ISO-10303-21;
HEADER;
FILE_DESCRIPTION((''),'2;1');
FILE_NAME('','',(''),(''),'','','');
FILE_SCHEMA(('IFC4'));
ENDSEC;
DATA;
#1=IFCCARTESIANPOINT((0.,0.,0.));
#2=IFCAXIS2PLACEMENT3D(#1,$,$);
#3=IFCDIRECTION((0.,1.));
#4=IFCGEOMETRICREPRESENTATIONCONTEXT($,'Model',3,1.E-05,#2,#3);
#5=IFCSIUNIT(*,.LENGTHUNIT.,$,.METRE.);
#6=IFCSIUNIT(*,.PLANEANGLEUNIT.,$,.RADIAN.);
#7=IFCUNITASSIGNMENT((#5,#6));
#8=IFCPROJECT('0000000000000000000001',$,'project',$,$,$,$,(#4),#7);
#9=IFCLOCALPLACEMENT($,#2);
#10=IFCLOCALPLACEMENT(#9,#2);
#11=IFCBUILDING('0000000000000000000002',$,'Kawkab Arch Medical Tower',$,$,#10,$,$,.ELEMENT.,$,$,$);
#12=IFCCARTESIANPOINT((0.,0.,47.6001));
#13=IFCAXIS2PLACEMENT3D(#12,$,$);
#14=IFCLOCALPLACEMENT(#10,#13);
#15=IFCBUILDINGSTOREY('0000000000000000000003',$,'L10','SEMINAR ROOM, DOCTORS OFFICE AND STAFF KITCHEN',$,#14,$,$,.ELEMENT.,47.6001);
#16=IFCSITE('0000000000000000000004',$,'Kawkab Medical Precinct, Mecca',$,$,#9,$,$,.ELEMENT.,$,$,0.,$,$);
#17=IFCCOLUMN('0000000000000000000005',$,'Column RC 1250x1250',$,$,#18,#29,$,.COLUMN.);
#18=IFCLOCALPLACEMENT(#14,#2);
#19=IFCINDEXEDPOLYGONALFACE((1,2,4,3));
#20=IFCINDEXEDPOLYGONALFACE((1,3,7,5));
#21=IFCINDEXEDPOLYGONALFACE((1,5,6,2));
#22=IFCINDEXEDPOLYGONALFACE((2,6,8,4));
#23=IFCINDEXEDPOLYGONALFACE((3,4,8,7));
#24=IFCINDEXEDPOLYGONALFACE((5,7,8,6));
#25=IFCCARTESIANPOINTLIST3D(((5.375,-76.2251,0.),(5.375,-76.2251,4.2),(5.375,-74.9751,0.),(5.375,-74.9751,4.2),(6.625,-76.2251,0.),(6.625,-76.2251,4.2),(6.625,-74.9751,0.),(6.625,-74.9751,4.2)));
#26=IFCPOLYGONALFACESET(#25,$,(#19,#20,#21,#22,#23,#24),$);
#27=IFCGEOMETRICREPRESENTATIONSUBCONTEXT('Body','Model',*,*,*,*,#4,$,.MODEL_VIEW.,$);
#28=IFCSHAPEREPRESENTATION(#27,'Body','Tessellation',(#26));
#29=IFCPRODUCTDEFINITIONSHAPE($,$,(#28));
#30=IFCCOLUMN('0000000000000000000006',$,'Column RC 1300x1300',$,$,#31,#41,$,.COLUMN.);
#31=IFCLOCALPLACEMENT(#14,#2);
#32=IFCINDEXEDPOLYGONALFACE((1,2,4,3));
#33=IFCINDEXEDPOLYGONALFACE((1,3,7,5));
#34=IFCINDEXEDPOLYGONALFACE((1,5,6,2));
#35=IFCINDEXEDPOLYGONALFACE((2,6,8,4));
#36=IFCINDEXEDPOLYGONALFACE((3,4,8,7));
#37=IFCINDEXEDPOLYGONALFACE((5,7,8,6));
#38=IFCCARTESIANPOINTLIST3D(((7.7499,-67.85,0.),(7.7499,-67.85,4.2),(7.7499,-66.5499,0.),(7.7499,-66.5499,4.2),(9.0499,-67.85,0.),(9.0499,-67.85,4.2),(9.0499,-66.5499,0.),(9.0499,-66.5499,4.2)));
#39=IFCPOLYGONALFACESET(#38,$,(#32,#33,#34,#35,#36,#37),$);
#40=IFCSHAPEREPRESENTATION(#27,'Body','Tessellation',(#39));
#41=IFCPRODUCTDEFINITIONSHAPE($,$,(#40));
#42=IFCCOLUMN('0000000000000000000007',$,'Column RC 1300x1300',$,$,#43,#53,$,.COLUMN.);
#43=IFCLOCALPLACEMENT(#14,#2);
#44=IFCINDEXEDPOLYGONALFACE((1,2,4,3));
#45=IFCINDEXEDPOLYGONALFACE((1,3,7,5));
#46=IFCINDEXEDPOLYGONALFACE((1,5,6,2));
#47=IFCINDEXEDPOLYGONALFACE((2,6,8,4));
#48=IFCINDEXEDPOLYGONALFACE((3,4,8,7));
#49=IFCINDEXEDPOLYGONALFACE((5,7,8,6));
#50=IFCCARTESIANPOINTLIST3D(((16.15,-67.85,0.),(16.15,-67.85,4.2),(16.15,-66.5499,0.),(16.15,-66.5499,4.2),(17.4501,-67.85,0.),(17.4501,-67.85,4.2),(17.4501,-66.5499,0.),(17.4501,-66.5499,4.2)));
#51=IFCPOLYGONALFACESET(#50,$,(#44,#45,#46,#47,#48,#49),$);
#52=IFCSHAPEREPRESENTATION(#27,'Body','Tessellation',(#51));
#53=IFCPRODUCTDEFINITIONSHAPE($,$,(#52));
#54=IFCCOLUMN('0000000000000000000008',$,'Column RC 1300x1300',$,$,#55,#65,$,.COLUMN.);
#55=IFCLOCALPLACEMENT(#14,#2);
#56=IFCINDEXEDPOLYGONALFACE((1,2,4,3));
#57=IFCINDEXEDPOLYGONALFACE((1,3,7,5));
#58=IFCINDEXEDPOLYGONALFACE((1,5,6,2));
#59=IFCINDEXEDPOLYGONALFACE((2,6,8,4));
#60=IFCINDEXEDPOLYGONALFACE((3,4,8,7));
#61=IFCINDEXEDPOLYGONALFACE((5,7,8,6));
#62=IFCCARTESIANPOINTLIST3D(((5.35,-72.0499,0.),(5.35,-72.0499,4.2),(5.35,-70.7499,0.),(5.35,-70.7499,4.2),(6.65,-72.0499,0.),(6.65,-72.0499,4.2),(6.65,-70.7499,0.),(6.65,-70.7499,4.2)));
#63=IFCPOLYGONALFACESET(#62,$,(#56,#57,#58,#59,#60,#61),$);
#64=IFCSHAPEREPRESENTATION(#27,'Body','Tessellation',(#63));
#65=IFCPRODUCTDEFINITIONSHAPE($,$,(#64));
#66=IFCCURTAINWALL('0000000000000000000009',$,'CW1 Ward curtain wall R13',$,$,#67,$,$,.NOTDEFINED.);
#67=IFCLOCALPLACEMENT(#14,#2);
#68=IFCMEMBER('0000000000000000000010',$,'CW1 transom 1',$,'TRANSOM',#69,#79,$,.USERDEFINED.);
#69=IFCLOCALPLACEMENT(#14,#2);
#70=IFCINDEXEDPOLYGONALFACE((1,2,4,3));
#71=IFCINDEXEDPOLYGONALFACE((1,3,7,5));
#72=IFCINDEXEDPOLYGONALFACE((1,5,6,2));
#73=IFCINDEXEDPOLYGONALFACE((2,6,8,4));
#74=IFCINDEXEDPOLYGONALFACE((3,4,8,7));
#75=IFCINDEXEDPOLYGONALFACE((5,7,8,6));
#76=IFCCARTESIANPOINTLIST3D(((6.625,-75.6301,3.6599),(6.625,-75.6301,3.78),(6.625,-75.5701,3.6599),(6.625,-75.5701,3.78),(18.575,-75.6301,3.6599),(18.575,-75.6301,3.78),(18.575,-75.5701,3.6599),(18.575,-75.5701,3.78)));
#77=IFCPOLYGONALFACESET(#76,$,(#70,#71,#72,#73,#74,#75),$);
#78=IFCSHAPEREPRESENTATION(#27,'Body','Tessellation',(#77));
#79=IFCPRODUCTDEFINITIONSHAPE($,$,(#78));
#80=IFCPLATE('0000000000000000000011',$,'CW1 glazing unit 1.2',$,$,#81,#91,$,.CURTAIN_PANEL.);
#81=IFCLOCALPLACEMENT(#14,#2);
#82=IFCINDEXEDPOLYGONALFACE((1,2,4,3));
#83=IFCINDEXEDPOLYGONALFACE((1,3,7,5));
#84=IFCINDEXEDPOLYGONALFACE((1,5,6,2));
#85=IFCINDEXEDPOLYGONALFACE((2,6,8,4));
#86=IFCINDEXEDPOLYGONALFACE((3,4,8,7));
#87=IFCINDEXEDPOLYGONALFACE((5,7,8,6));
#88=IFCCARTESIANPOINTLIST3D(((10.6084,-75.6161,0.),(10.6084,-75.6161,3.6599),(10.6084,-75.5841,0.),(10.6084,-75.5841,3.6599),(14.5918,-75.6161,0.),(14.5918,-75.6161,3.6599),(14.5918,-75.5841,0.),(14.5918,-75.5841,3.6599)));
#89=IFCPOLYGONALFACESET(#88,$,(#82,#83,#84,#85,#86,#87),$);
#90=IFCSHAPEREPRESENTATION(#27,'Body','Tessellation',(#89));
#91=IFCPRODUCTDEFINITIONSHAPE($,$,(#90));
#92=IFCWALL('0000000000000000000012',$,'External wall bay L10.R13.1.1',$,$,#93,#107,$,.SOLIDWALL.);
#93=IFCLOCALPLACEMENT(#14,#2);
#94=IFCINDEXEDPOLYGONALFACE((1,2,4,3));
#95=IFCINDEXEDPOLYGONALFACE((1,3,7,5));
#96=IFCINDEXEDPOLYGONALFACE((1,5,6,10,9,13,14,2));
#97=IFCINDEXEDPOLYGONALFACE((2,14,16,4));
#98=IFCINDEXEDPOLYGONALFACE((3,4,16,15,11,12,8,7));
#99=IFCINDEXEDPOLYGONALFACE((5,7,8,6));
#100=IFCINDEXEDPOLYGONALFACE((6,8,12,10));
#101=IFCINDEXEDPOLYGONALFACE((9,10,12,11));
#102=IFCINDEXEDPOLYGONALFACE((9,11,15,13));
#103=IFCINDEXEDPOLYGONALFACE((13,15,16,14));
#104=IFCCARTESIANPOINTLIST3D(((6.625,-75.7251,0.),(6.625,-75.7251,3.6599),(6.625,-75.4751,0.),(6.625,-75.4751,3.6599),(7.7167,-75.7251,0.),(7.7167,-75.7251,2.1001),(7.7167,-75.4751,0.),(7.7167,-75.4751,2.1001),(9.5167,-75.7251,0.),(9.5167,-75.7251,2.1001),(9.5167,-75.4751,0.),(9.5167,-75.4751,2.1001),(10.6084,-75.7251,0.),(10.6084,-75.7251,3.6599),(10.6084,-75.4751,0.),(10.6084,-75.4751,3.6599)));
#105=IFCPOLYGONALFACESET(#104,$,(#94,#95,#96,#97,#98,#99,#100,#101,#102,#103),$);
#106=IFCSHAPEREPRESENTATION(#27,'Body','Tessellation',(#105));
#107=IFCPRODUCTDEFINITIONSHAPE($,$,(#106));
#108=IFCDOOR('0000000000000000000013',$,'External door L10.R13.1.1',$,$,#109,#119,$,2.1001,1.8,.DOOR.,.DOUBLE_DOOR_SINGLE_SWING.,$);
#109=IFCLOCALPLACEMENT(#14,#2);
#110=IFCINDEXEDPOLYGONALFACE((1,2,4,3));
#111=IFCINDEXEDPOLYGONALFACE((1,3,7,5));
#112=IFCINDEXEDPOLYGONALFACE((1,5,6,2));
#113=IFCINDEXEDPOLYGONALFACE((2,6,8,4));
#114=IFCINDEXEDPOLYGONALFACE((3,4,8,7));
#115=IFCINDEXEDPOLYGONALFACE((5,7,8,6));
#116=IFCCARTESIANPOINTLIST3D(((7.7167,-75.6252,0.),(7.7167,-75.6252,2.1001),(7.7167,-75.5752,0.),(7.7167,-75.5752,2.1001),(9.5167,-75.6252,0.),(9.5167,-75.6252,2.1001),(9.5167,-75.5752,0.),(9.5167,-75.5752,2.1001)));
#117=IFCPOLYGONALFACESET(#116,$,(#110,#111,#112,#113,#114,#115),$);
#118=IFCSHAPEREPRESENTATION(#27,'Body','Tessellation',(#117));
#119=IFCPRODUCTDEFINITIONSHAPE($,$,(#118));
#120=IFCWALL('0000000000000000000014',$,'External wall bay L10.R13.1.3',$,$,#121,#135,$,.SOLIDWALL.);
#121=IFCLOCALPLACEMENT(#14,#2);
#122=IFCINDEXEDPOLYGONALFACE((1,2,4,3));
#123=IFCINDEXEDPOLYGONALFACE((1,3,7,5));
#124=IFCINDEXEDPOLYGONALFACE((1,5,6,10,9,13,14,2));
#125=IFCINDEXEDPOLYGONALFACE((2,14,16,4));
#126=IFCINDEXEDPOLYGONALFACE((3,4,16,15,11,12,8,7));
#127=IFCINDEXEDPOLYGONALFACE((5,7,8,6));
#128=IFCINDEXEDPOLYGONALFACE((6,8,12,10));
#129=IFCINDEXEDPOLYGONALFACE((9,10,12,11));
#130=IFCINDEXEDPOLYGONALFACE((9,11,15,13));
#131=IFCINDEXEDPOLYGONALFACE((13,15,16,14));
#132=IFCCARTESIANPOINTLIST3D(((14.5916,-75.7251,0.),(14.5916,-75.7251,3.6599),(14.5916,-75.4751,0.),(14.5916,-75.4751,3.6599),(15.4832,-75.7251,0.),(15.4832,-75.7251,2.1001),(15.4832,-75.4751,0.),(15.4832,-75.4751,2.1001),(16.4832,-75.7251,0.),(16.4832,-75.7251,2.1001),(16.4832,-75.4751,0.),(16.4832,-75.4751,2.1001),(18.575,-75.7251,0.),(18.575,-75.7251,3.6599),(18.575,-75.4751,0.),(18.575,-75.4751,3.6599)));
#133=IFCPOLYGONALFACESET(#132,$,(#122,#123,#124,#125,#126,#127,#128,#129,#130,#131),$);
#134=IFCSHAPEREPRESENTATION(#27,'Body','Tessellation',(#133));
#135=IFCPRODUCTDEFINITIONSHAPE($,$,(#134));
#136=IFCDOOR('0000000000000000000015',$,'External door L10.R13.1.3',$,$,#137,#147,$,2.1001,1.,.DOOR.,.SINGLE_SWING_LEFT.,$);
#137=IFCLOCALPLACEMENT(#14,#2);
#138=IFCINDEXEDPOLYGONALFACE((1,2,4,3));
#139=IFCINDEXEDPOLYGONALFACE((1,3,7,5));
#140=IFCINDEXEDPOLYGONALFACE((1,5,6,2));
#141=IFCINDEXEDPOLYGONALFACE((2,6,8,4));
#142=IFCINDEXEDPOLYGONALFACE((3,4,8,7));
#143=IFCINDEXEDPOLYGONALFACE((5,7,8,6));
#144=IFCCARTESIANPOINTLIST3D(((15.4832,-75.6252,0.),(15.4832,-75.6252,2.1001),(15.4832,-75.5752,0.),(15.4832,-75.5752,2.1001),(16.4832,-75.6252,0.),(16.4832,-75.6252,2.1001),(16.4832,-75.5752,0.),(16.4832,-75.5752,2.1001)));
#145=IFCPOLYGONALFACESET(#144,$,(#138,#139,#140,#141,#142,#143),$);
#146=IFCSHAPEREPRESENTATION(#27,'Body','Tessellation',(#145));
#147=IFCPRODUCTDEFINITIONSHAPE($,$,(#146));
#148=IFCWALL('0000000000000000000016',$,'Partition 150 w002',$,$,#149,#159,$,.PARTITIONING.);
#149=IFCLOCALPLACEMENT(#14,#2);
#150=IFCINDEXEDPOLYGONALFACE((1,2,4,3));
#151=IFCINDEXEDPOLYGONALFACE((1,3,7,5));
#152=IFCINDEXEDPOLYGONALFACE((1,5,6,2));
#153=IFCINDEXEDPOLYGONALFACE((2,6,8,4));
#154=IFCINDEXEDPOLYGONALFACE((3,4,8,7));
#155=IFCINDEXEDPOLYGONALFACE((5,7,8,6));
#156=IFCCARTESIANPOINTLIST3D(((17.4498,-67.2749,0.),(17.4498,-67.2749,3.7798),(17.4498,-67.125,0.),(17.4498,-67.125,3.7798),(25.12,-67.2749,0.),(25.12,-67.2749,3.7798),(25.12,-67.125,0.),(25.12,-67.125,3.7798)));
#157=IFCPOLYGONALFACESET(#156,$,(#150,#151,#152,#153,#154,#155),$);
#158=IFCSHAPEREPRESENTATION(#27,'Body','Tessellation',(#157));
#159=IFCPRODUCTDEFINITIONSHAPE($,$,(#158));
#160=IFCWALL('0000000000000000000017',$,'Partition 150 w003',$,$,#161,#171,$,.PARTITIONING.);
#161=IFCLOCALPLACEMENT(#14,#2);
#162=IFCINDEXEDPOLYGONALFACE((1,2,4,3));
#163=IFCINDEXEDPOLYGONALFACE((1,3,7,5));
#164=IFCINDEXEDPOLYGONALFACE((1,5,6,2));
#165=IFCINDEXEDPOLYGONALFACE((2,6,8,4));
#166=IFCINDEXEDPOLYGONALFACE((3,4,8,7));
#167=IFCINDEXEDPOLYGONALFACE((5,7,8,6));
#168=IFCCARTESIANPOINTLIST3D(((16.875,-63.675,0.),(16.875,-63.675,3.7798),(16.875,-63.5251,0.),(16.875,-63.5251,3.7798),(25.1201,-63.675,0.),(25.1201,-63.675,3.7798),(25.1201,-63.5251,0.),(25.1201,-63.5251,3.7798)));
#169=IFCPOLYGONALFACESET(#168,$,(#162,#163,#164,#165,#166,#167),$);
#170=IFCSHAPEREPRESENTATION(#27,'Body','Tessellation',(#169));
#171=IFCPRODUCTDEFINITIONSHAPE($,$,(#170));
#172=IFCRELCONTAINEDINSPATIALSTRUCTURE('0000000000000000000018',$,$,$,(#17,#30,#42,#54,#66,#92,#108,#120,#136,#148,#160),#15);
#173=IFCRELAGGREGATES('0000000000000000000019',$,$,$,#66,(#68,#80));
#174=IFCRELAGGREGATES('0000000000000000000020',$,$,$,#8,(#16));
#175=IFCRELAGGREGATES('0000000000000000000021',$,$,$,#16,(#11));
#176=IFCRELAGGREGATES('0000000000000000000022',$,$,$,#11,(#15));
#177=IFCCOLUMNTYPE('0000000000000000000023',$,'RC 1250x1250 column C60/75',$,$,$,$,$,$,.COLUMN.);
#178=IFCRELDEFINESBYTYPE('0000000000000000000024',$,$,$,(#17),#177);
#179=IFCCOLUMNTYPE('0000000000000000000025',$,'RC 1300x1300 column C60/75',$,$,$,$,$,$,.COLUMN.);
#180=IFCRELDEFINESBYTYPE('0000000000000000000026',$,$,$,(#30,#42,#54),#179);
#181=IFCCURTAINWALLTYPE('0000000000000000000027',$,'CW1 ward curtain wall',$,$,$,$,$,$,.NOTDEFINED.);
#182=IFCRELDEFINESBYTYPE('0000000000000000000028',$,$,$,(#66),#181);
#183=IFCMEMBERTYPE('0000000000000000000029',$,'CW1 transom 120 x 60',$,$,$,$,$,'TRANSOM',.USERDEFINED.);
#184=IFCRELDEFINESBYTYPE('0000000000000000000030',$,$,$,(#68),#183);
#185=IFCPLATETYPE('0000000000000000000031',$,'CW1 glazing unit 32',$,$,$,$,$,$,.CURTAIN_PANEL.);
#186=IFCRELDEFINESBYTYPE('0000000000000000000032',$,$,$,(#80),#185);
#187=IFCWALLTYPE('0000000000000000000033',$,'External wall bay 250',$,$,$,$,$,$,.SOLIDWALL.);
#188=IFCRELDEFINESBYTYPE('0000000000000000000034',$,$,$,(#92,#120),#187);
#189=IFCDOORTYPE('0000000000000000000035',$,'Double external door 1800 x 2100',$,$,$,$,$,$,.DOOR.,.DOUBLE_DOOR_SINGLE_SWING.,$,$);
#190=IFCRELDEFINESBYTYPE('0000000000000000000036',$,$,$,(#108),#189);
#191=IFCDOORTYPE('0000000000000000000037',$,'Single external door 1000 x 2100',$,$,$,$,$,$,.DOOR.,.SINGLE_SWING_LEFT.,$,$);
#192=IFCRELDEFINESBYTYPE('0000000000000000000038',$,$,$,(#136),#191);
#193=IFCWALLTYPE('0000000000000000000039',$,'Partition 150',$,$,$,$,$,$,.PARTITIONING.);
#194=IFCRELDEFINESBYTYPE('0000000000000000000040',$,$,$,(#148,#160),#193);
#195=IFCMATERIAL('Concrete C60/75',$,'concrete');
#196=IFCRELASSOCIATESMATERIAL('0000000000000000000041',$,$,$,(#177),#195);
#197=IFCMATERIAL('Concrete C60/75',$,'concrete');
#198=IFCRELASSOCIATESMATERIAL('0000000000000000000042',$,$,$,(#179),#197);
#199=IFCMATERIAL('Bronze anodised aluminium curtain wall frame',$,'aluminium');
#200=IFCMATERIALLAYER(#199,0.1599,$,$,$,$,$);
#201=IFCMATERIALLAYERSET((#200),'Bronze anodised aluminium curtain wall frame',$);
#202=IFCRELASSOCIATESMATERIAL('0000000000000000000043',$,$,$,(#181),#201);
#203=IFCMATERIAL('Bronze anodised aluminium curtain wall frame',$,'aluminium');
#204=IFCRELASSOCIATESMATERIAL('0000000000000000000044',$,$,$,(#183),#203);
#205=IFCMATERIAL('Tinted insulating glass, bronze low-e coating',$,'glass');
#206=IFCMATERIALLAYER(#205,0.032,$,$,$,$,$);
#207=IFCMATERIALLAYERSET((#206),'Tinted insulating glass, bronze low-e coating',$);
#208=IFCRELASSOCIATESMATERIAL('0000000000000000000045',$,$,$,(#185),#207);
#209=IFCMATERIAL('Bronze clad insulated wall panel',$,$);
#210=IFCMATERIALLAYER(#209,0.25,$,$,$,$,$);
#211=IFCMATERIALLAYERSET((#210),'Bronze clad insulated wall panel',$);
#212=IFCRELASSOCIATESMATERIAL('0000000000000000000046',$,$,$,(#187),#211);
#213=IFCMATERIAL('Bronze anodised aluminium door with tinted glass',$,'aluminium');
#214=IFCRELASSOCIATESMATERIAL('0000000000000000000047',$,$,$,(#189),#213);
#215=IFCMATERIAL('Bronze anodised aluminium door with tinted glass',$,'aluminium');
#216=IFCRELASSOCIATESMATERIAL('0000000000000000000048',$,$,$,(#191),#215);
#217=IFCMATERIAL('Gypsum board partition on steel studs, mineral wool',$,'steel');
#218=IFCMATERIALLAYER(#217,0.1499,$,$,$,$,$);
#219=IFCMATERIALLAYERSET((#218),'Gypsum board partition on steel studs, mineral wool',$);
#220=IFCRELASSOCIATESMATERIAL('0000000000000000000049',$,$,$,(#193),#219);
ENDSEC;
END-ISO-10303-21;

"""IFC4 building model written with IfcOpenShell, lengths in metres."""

from ifc_helpers import new_model, si_unit, direction, frame, frame_2d, origin, origin_2d, place, context, subcontext, project, spatial, rectangle, extrude, material, layer, layer_set, material_profile, profile_set, type_object, element, fill, aggregate, save


model = new_model("IFC4")

# Units and contexts
model_context = context("Model", 3, precision=1e-05, world=origin(), true_north=direction((0.0, 1.0)))
body_context = subcontext(model_context, "Body", "Model", "MODEL_VIEW")
ifc_project = project(units=[si_unit("LENGTHUNIT", "METRE"), si_unit("PLANEANGLEUNIT", "RADIAN")], contexts=[model_context])

# Site, building, storey
site_placement = place(None, origin())
site = spatial("IfcSite", under=ifc_project, at=site_placement, Name="Kawkab Medical Precinct, Mecca", CompositionType="ELEMENT", RefElevation=0.0)
building_placement = place(site_placement, origin())
building = spatial("IfcBuilding", under=site, at=building_placement, Name="Kawkab Arch Medical Tower", CompositionType="ELEMENT")
storey_placement = place(building_placement, frame((0.0, 0.0, 47.6001)))
storey = spatial("IfcBuildingStorey", under=building, at=storey_placement, Name="L10", Description="SEMINAR ROOM, DOCTORS OFFICE AND STAFF KITCHEN", CompositionType="ELEMENT", Elevation=47.6001)

# Columns
ifc_material_1 = material(Name="Concrete C60/75", Category="concrete")
ifc_material_profile_1 = material_profile(ifc_material_1, rectangle(XDim=1.25, YDim=1.25, at=origin_2d()), Name="RC 1250x1250")
ifc_profile_set_1 = profile_set([ifc_material_profile_1], Name="Concrete C60/75")
column_type_1 = type_object("IfcColumnType", Name="RC 1250x1250 column C60/75", PredefinedType="COLUMN", material=ifc_profile_set_1)
column_placement = place(storey_placement, frame((6.0, -75.6001, 0.0), z_axis=(0.0, 0.0, 1.0), x_axis=(1.0, 0.0, 0.0)))
element("IfcColumn", 1, at=column_placement, inside=storey, type_object=column_type_1, Name="Column RC 1250x1250", PredefinedType="COLUMN", context=body_context, shape_type="SweptSolid", body=[
    extrude(rectangle(XDim=1.25, YDim=1.25, at=origin_2d()), origin(), (0.0, 0.0, 1.0), 4.2),
])
ifc_material_2 = material(Name="Concrete C60/75", Category="concrete")
ifc_material_profile_2 = material_profile(ifc_material_2, rectangle(XDim=1.3, YDim=1.3, at=origin_2d()), Name="RC 1300x1300")
ifc_profile_set_2 = profile_set([ifc_material_profile_2], Name="Concrete C60/75")
column_type_2 = type_object("IfcColumnType", Name="RC 1300x1300 column C60/75", PredefinedType="COLUMN", material=ifc_profile_set_2)
for number, where, z_axis, x_axis, name in (
    (2, (8.3999, -67.2, 0.0), (0.0, 0.0, 1.0), (1.0, 0.0, 0.0), "Column RC 1300x1300"),
    (3, (16.8, -67.2, 0.0), (0.0, 0.0, 1.0), (1.0, 0.0, 0.0), "Column RC 1300x1300"),
    (4, (6.0, -71.3999, 0.0), (0.0, 0.0, 1.0), (1.0, 0.0, 0.0), "Column RC 1300x1300"),
):
    element("IfcColumn", number, at=place(storey_placement, frame(where, z_axis=z_axis, x_axis=x_axis)), inside=storey, type_object=column_type_2, Name=name, PredefinedType="COLUMN", context=body_context, shape_type="SweptSolid", body=[
        extrude(rectangle(XDim=1.3, YDim=1.3, at=origin_2d()), origin(), (0.0, 0.0, 1.0), 4.2),
    ])

# Curtain wall, member, plate
ifc_material_3 = material(Name="Bronze anodised aluminium curtain wall frame", Category="aluminium")
ifc_layer_1 = layer(ifc_material_3, 0.1599)
ifc_layer_set_1 = layer_set([ifc_layer_1], Name="Bronze anodised aluminium curtain wall frame")
curtain_wall_type = type_object("IfcCurtainWallType", Name="CW1 ward curtain wall", PredefinedType="NOTDEFINED", material=ifc_layer_set_1)
curtain_wall_placement = place(storey_placement, origin())
curtain_wall = element("IfcCurtainWall", 5, at=curtain_wall_placement, inside=storey, type_object=curtain_wall_type, Name="CW1 Ward curtain wall R13", PredefinedType="NOTDEFINED")
ifc_material_4 = material(Name="Bronze anodised aluminium curtain wall frame", Category="aluminium")
ifc_material_profile_3 = material_profile(ifc_material_4, rectangle(XDim=0.0601, YDim=0.1201, at=origin_2d()), Name="AL 60x120")
ifc_profile_set_3 = profile_set([ifc_material_profile_3], Name="Bronze anodised aluminium curtain wall frame")
member_type = type_object("IfcMemberType", Name="CW1 transom 120 x 60", ElementType="TRANSOM", PredefinedType="USERDEFINED", material=ifc_profile_set_3)
member_placement = place(storey_placement, frame((6.625, -75.6001, 3.72), z_axis=(1.0, 0.0, 0.0), x_axis=(0.0, 1.0, 0.0)))
member = element("IfcMember", 6, at=member_placement, type_object=member_type, Name="CW1 transom 1", ObjectType="TRANSOM", PredefinedType="USERDEFINED", context=body_context, shape_type="SweptSolid", body=[
    extrude(rectangle(XDim=0.0601, YDim=0.1201, at=origin_2d()), origin(), (0.0, 0.0, 1.0), 11.95),
])
ifc_material_5 = material(Name="Tinted insulating glass, bronze low-e coating", Category="glass")
ifc_layer_2 = layer(ifc_material_5, 0.032)
ifc_layer_set_2 = layer_set([ifc_layer_2], Name="Tinted insulating glass, bronze low-e coating")
plate_type = type_object("IfcPlateType", Name="CW1 glazing unit 32", PredefinedType="CURTAIN_PANEL", material=ifc_layer_set_2)
plate_placement = place(storey_placement, frame((12.6001, -75.6001, 0.0), z_axis=(0.0, 0.0, 1.0), x_axis=(1.0, 0.0, 0.0)))
plate = element("IfcPlate", 7, at=plate_placement, type_object=plate_type, Name="CW1 glazing unit 1.2", PredefinedType="CURTAIN_PANEL", context=body_context, shape_type="SweptSolid", body=[
    extrude(rectangle(XDim=3.9834, YDim=0.032, at=origin_2d()), origin(), (0.0, 0.0, 1.0), 3.6599),
])
aggregate(curtain_wall, [member, plate])

# Walls, openings, doors
ifc_material_6 = material(Name="Bronze clad insulated wall panel")
ifc_layer_3 = layer(ifc_material_6, 0.25)
ifc_layer_set_3 = layer_set([ifc_layer_3], Name="Bronze clad insulated wall panel")
wall_type_1 = type_object("IfcWallType", Name="External wall bay 250", PredefinedType="SOLIDWALL", material=ifc_layer_set_3)
wall_1_placement = place(storey_placement, frame((6.625, -75.6001, 0.0), z_axis=(0.0, 0.0, 1.0), x_axis=(1.0, 0.0, 0.0)))
wall_1 = element("IfcWall", 8, at=wall_1_placement, inside=storey, type_object=wall_type_1, Name="External wall bay L10.R13.1.1", PredefinedType="SOLIDWALL", context=body_context, shape_type="SweptSolid", body=[
    extrude(rectangle(XDim=3.9834, YDim=0.25, at=frame_2d((1.9917, 0.0))), origin(), (0.0, 0.0, 1.0), 3.6599),
])
opening_1_placement = place(wall_1_placement, frame((1.0918, 0.0, 0.0)))
opening_1 = element("IfcOpeningElement", 9, at=opening_1_placement, cuts=wall_1, PredefinedType="OPENING", context=body_context, shape_type="SweptSolid", body=[
    extrude(rectangle(XDim=1.8, YDim=2.1001, at=frame_2d((0.8999, 1.05))), frame((0.0, 0.135, 0.0), z_axis=(0.0, -1.0, 0.0), x_axis=(1.0, 0.0, 0.0)), (0.0, 0.0, 1.0), 0.27),
])
ifc_material_7 = material(Name="Bronze anodised aluminium door with tinted glass", Category="aluminium")
door_type_1 = type_object("IfcDoorType", Name="Double external door 1800 x 2100", OperationType="DOUBLE_DOOR_SINGLE_SWING", PredefinedType="DOOR", material=ifc_material_7)
door_1_placement = place(opening_1_placement, origin())
door_1 = element("IfcDoor", 10, at=door_1_placement, inside=storey, type_object=door_type_1, Name="External door L10.R13.1.1", OperationType="DOUBLE_DOOR_SINGLE_SWING", OverallHeight=2.1001, OverallWidth=1.8, PredefinedType="DOOR", context=body_context, shape_type="SweptSolid", body=[
    extrude(rectangle(XDim=1.8, YDim=2.1001, at=frame_2d((0.8999, 1.05))), frame((0.0, 0.0249, 0.0), z_axis=(0.0, -1.0, 0.0), x_axis=(1.0, 0.0, 0.0)), (0.0, 0.0, 1.0), 0.05),
])
fill(opening_1, door_1)
wall_2_placement = place(storey_placement, frame((14.5916, -75.6001, 0.0), z_axis=(0.0, 0.0, 1.0), x_axis=(1.0, 0.0, 0.0)))
wall_2 = element("IfcWall", 11, at=wall_2_placement, inside=storey, type_object=wall_type_1, Name="External wall bay L10.R13.1.3", PredefinedType="SOLIDWALL", context=body_context, shape_type="SweptSolid", body=[
    extrude(rectangle(XDim=3.9834, YDim=0.25, at=frame_2d((1.9917, 0.0))), origin(), (0.0, 0.0, 1.0), 3.6599),
])
opening_2_placement = place(wall_2_placement, frame((0.8916, 0.0, 0.0)))
opening_2 = element("IfcOpeningElement", 12, at=opening_2_placement, cuts=wall_2, PredefinedType="OPENING", context=body_context, shape_type="SweptSolid", body=[
    extrude(rectangle(XDim=1.0, YDim=2.1001, at=frame_2d((0.5, 1.05))), frame((0.0, 0.135, 0.0), z_axis=(0.0, -1.0, 0.0), x_axis=(1.0, 0.0, 0.0)), (0.0, 0.0, 1.0), 0.27),
])
ifc_material_8 = material(Name="Bronze anodised aluminium door with tinted glass", Category="aluminium")
door_type_2 = type_object("IfcDoorType", Name="Single external door 1000 x 2100", OperationType="SINGLE_SWING_LEFT", PredefinedType="DOOR", material=ifc_material_8)
door_2_placement = place(opening_2_placement, origin())
door_2 = element("IfcDoor", 13, at=door_2_placement, inside=storey, type_object=door_type_2, Name="External door L10.R13.1.3", OperationType="SINGLE_SWING_LEFT", OverallHeight=2.1001, OverallWidth=1.0, PredefinedType="DOOR", context=body_context, shape_type="SweptSolid", body=[
    extrude(rectangle(XDim=1.0, YDim=2.1001, at=frame_2d((0.5, 1.05))), frame((0.0, 0.0249, 0.0), z_axis=(0.0, -1.0, 0.0), x_axis=(1.0, 0.0, 0.0)), (0.0, 0.0, 1.0), 0.05),
])
fill(opening_2, door_2)

# Walls
ifc_material_9 = material(Name="Gypsum board partition on steel studs, mineral wool", Category="steel")
ifc_layer_4 = layer(ifc_material_9, 0.1499)
ifc_layer_set_4 = layer_set([ifc_layer_4], Name="Gypsum board partition on steel studs, mineral wool")
wall_type_2 = type_object("IfcWallType", Name="Partition 150", PredefinedType="PARTITIONING", material=ifc_layer_set_4)
wall_3_placement = place(storey_placement, frame((17.45, -67.2, 0.0), z_axis=(0.0, 0.0, 1.0), x_axis=(1.0, 0.0, 0.0)))
element("IfcWall", 14, at=wall_3_placement, inside=storey, type_object=wall_type_2, Name="Partition 150 w002", PredefinedType="PARTITIONING", context=body_context, shape_type="SweptSolid", body=[
    extrude(rectangle(XDim=7.6702, YDim=0.1499, at=frame_2d((3.835, 0.0))), origin(), (0.0, 0.0, 1.0), 3.7798),
])
wall_4_placement = place(storey_placement, frame((16.875, -63.6001, 0.0), z_axis=(0.0, 0.0, 1.0), x_axis=(1.0, 0.0, 0.0)))
element("IfcWall", 15, at=wall_4_placement, inside=storey, type_object=wall_type_2, Name="Partition 150 w003", PredefinedType="PARTITIONING", context=body_context, shape_type="SweptSolid", body=[
    extrude(rectangle(XDim=8.2451, YDim=0.1499, at=frame_2d((4.1226, 0.0))), origin(), (0.0, 0.0, 1.0), 3.7798),
])

save(model, "model.ifc")
